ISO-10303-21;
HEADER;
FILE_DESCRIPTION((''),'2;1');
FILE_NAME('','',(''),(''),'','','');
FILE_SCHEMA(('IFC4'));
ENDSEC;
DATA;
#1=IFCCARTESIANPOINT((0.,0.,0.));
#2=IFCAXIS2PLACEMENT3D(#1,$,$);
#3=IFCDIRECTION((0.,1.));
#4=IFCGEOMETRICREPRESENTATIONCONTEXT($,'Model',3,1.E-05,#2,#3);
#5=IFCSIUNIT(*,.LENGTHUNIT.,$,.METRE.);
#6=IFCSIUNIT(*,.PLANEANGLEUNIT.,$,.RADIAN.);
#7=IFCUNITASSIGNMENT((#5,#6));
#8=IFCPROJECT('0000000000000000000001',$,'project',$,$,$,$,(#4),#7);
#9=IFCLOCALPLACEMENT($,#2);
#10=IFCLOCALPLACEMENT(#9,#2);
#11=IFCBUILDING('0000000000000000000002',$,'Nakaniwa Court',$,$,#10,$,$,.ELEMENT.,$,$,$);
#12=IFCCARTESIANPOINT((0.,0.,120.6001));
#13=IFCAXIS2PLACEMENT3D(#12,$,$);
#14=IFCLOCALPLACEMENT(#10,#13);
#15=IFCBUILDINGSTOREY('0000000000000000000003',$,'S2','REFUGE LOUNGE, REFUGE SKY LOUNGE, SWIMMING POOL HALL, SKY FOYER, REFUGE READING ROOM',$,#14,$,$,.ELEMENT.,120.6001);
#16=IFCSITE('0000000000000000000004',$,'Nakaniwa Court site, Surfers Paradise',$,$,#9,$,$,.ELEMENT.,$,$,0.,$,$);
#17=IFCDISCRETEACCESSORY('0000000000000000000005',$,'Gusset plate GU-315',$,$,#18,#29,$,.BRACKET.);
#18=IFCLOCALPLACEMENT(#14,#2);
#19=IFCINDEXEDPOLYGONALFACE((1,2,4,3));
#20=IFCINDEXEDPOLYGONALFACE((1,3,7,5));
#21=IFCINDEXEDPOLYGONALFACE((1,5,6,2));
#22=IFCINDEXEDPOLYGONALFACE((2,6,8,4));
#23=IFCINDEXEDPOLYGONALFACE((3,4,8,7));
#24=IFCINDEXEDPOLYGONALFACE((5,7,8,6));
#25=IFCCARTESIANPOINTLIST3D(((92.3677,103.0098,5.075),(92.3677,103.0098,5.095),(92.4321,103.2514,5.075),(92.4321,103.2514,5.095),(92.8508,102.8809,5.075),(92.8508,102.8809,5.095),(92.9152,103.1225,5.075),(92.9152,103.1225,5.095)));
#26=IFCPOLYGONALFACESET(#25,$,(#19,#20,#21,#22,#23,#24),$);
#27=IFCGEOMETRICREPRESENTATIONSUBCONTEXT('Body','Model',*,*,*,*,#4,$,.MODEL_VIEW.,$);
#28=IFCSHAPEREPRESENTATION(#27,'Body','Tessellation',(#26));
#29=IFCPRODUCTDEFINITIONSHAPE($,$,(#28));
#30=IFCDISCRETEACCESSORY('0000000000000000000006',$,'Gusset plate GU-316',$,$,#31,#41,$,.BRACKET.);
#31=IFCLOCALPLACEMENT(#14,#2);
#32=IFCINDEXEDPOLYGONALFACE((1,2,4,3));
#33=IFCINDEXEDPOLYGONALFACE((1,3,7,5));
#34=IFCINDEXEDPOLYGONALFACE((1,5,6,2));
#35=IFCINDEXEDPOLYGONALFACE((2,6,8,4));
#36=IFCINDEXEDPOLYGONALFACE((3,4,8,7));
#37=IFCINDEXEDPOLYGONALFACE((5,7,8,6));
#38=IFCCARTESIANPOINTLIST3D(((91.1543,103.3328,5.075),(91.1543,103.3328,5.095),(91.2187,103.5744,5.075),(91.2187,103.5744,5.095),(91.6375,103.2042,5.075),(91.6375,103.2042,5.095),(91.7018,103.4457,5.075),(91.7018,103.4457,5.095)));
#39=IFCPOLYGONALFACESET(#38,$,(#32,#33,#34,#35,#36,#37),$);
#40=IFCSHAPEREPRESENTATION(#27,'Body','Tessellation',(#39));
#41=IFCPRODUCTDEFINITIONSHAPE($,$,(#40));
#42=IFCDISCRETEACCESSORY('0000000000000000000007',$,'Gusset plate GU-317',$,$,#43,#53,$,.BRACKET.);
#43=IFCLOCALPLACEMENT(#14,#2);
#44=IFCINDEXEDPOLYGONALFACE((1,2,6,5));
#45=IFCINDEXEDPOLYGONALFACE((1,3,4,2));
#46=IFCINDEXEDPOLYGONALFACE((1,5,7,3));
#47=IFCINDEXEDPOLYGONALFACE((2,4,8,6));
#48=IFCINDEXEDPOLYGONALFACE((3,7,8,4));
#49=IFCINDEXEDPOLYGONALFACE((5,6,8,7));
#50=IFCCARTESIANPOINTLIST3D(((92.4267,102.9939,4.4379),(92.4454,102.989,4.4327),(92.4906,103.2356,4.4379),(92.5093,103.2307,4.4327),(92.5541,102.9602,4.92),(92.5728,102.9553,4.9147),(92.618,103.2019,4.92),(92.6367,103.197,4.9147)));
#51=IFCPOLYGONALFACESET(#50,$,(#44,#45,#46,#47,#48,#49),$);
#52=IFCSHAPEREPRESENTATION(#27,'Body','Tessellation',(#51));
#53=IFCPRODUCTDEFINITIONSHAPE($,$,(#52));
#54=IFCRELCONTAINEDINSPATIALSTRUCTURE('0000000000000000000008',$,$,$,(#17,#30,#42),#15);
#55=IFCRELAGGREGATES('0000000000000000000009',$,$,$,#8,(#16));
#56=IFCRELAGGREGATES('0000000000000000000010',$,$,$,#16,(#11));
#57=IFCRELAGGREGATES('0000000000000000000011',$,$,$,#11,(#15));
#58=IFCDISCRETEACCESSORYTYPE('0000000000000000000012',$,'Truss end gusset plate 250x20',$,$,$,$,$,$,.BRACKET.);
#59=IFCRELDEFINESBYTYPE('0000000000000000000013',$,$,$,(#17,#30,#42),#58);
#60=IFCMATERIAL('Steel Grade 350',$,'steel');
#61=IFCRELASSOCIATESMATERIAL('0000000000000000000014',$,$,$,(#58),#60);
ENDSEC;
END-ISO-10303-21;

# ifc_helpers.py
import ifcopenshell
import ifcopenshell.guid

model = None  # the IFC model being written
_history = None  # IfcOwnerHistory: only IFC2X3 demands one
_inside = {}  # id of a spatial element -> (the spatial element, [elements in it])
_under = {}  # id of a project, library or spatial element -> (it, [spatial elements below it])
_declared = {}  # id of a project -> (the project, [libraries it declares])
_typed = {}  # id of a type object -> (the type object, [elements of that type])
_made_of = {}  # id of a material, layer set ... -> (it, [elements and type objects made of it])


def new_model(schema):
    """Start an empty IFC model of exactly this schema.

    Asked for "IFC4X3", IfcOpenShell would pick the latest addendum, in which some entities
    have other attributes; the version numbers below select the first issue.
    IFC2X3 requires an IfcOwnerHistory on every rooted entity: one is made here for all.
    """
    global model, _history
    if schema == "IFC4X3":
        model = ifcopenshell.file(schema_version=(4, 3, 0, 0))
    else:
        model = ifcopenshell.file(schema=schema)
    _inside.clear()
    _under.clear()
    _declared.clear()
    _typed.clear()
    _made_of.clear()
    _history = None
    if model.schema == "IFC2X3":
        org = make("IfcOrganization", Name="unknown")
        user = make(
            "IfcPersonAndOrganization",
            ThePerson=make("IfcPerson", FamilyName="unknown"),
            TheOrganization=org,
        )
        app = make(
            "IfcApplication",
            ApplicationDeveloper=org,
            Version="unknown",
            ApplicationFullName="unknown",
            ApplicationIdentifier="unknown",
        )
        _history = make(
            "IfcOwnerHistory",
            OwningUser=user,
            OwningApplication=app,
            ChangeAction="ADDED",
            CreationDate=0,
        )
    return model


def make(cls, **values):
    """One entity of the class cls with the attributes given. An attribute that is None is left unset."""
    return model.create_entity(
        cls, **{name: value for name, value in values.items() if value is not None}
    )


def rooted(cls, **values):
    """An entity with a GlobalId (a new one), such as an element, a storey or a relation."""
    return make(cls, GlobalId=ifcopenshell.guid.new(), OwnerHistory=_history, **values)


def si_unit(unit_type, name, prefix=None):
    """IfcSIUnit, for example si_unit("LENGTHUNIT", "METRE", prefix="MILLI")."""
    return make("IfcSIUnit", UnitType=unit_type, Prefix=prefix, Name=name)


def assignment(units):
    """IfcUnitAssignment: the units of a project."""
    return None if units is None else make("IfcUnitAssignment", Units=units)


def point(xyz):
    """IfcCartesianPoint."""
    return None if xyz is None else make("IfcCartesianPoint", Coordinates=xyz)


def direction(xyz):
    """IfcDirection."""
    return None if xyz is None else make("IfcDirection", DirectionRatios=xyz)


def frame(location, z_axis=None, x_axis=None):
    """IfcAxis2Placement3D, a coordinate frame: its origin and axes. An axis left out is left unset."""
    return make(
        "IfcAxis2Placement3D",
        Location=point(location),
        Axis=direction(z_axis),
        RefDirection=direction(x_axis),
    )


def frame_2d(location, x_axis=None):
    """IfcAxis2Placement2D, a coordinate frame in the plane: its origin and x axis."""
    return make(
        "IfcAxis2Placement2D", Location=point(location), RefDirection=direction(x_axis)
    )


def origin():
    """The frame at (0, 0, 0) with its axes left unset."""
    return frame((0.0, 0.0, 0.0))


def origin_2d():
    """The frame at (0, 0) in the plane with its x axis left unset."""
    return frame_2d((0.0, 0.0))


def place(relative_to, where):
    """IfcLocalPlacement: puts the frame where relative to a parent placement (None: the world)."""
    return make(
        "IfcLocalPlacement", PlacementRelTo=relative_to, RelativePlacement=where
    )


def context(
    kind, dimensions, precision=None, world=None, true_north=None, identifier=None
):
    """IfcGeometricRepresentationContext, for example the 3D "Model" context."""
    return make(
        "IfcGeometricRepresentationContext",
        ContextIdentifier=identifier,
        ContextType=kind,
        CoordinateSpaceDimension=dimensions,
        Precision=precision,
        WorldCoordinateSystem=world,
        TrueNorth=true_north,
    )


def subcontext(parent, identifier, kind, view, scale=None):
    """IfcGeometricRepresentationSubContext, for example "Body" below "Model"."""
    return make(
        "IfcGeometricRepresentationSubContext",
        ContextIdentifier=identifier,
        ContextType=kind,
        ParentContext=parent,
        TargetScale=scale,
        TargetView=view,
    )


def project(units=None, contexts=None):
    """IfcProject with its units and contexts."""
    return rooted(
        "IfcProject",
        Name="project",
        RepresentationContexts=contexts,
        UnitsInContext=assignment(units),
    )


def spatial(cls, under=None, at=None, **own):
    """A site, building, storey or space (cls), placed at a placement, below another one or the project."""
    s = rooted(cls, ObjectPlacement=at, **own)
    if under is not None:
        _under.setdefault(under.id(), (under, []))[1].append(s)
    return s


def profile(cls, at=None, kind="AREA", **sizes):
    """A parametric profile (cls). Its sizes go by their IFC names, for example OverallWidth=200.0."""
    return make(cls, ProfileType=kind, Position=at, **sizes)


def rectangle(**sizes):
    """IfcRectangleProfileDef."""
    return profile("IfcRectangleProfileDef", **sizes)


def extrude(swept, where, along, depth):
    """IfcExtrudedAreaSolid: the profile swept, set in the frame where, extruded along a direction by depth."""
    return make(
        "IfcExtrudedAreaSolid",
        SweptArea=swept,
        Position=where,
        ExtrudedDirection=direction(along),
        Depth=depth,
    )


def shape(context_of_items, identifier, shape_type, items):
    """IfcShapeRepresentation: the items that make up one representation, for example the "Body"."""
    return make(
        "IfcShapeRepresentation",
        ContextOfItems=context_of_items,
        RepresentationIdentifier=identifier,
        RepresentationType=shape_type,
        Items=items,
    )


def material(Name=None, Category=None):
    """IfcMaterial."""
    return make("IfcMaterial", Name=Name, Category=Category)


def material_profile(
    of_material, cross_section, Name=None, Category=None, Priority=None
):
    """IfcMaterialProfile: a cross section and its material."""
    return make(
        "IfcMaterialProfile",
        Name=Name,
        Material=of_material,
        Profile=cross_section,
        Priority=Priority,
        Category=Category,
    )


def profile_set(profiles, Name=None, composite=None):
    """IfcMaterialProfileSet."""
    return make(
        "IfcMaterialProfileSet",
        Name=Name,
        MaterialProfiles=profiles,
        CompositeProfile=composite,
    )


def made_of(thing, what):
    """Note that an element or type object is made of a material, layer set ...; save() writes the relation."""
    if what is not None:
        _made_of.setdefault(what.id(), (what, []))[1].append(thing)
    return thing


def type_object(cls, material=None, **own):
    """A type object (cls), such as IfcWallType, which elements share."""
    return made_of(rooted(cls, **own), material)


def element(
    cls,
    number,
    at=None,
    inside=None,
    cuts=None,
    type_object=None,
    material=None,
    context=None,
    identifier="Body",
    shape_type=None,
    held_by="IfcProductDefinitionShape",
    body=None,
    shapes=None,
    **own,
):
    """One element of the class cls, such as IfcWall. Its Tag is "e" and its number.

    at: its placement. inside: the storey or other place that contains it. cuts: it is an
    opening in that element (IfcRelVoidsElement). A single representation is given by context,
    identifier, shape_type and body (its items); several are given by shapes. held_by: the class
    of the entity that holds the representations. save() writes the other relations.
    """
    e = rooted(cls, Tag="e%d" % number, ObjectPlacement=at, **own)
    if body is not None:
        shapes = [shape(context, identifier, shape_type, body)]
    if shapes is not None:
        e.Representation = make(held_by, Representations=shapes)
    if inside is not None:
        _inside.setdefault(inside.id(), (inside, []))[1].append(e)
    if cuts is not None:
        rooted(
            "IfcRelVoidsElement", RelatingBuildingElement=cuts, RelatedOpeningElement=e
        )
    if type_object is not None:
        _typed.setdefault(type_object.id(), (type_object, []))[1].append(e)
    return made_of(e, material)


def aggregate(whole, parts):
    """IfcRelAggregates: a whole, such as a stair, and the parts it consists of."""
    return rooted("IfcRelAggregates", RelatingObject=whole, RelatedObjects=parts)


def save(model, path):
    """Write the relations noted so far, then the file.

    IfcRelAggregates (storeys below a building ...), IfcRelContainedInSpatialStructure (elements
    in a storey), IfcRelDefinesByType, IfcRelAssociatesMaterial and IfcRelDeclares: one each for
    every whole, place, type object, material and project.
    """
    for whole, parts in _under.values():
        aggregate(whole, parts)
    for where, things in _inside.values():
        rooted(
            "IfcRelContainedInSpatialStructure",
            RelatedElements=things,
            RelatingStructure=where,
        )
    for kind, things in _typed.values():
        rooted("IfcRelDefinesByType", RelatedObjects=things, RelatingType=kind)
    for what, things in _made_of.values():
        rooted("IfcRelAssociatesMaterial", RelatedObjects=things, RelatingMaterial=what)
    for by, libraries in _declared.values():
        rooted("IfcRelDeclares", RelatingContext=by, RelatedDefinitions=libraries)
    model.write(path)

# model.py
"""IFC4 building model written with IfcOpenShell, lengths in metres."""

from ifc_helpers import new_model, si_unit, direction, frame, origin, origin_2d, place, context, subcontext, project, spatial, rectangle, extrude, material, material_profile, profile_set, type_object, element, save


model = new_model("IFC4")

# Units and contexts
model_context = context("Model", 3, precision=1e-05, world=origin(), true_north=direction((0.0, 1.0)))
body_context = subcontext(model_context, "Body", "Model", "MODEL_VIEW")
ifc_project = project(units=[si_unit("LENGTHUNIT", "METRE"), si_unit("PLANEANGLEUNIT", "RADIAN")], contexts=[model_context])

# Site, building, storey
site_placement = place(None, origin())
site = spatial("IfcSite", under=ifc_project, at=site_placement, Name="Nakaniwa Court site, Surfers Paradise", CompositionType="ELEMENT", RefElevation=0.0)
building_placement = place(site_placement, origin())
building = spatial("IfcBuilding", under=site, at=building_placement, Name="Nakaniwa Court", CompositionType="ELEMENT")
storey_placement = place(building_placement, frame((0.0, 0.0, 120.6001)))
storey = spatial("IfcBuildingStorey", under=building, at=storey_placement, Name="S2", Description="REFUGE LOUNGE, REFUGE SKY LOUNGE, SWIMMING POOL HALL, SKY FOYER, REFUGE READING ROOM", CompositionType="ELEMENT", Elevation=120.6001)

# Shared definitions
ifc_material_1 = material(Name="Steel Grade 350", Category="steel")

# Discrete accessories
ifc_material_profile_1 = material_profile(ifc_material_1, rectangle(XDim=0.25, YDim=0.02, at=origin_2d()), Name="Truss end gusset plate 250x20")
ifc_profile_set_1 = profile_set([ifc_material_profile_1], Name="Steel Grade 350")
discrete_accessory_type = type_object("IfcDiscreteAccessoryType", Name="Truss end gusset plate 250x20", PredefinedType="BRACKET", material=ifc_profile_set_1)
for number, where, z_axis, x_axis, name in (
    (1, (92.3999, 103.1306, 5.085), (0.966203, -0.257784, 0.0), (0.257784, 0.966203, 0.0), "Gusset plate GU-315"),
    (2, (91.6697, 103.325, 5.085), (-0.966324, 0.257328, 0.0), (-0.257328, -0.966324, 0.0), "Gusset plate GU-316"),
):
    element("IfcDiscreteAccessory", number, at=place(storey_placement, frame(where, z_axis=z_axis, x_axis=x_axis)), inside=storey, type_object=discrete_accessory_type, Name=name, PredefinedType="BRACKET", context=body_context, shape_type="SweptSolid", body=[
        extrude(rectangle(XDim=0.25, YDim=0.02, at=origin_2d()), origin(), (0.0, 0.0, 1.0), 0.5),
    ])
discrete_accessory_placement = place(storey_placement, frame((92.468, 103.1123, 4.4353), z_axis=(0.254948, -0.0674, 0.964603), x_axis=(0.255587, 0.966786, 0.0)))
element("IfcDiscreteAccessory", 3, at=discrete_accessory_placement, inside=storey, type_object=discrete_accessory_type, Name="Gusset plate GU-317", PredefinedType="BRACKET", context=body_context, shape_type="SweptSolid", body=[
    extrude(rectangle(XDim=0.25, YDim=0.02, at=origin_2d()), origin(), (0.0, 0.0, 1.0), 0.4998),
])

save(model, "model.ifc")
